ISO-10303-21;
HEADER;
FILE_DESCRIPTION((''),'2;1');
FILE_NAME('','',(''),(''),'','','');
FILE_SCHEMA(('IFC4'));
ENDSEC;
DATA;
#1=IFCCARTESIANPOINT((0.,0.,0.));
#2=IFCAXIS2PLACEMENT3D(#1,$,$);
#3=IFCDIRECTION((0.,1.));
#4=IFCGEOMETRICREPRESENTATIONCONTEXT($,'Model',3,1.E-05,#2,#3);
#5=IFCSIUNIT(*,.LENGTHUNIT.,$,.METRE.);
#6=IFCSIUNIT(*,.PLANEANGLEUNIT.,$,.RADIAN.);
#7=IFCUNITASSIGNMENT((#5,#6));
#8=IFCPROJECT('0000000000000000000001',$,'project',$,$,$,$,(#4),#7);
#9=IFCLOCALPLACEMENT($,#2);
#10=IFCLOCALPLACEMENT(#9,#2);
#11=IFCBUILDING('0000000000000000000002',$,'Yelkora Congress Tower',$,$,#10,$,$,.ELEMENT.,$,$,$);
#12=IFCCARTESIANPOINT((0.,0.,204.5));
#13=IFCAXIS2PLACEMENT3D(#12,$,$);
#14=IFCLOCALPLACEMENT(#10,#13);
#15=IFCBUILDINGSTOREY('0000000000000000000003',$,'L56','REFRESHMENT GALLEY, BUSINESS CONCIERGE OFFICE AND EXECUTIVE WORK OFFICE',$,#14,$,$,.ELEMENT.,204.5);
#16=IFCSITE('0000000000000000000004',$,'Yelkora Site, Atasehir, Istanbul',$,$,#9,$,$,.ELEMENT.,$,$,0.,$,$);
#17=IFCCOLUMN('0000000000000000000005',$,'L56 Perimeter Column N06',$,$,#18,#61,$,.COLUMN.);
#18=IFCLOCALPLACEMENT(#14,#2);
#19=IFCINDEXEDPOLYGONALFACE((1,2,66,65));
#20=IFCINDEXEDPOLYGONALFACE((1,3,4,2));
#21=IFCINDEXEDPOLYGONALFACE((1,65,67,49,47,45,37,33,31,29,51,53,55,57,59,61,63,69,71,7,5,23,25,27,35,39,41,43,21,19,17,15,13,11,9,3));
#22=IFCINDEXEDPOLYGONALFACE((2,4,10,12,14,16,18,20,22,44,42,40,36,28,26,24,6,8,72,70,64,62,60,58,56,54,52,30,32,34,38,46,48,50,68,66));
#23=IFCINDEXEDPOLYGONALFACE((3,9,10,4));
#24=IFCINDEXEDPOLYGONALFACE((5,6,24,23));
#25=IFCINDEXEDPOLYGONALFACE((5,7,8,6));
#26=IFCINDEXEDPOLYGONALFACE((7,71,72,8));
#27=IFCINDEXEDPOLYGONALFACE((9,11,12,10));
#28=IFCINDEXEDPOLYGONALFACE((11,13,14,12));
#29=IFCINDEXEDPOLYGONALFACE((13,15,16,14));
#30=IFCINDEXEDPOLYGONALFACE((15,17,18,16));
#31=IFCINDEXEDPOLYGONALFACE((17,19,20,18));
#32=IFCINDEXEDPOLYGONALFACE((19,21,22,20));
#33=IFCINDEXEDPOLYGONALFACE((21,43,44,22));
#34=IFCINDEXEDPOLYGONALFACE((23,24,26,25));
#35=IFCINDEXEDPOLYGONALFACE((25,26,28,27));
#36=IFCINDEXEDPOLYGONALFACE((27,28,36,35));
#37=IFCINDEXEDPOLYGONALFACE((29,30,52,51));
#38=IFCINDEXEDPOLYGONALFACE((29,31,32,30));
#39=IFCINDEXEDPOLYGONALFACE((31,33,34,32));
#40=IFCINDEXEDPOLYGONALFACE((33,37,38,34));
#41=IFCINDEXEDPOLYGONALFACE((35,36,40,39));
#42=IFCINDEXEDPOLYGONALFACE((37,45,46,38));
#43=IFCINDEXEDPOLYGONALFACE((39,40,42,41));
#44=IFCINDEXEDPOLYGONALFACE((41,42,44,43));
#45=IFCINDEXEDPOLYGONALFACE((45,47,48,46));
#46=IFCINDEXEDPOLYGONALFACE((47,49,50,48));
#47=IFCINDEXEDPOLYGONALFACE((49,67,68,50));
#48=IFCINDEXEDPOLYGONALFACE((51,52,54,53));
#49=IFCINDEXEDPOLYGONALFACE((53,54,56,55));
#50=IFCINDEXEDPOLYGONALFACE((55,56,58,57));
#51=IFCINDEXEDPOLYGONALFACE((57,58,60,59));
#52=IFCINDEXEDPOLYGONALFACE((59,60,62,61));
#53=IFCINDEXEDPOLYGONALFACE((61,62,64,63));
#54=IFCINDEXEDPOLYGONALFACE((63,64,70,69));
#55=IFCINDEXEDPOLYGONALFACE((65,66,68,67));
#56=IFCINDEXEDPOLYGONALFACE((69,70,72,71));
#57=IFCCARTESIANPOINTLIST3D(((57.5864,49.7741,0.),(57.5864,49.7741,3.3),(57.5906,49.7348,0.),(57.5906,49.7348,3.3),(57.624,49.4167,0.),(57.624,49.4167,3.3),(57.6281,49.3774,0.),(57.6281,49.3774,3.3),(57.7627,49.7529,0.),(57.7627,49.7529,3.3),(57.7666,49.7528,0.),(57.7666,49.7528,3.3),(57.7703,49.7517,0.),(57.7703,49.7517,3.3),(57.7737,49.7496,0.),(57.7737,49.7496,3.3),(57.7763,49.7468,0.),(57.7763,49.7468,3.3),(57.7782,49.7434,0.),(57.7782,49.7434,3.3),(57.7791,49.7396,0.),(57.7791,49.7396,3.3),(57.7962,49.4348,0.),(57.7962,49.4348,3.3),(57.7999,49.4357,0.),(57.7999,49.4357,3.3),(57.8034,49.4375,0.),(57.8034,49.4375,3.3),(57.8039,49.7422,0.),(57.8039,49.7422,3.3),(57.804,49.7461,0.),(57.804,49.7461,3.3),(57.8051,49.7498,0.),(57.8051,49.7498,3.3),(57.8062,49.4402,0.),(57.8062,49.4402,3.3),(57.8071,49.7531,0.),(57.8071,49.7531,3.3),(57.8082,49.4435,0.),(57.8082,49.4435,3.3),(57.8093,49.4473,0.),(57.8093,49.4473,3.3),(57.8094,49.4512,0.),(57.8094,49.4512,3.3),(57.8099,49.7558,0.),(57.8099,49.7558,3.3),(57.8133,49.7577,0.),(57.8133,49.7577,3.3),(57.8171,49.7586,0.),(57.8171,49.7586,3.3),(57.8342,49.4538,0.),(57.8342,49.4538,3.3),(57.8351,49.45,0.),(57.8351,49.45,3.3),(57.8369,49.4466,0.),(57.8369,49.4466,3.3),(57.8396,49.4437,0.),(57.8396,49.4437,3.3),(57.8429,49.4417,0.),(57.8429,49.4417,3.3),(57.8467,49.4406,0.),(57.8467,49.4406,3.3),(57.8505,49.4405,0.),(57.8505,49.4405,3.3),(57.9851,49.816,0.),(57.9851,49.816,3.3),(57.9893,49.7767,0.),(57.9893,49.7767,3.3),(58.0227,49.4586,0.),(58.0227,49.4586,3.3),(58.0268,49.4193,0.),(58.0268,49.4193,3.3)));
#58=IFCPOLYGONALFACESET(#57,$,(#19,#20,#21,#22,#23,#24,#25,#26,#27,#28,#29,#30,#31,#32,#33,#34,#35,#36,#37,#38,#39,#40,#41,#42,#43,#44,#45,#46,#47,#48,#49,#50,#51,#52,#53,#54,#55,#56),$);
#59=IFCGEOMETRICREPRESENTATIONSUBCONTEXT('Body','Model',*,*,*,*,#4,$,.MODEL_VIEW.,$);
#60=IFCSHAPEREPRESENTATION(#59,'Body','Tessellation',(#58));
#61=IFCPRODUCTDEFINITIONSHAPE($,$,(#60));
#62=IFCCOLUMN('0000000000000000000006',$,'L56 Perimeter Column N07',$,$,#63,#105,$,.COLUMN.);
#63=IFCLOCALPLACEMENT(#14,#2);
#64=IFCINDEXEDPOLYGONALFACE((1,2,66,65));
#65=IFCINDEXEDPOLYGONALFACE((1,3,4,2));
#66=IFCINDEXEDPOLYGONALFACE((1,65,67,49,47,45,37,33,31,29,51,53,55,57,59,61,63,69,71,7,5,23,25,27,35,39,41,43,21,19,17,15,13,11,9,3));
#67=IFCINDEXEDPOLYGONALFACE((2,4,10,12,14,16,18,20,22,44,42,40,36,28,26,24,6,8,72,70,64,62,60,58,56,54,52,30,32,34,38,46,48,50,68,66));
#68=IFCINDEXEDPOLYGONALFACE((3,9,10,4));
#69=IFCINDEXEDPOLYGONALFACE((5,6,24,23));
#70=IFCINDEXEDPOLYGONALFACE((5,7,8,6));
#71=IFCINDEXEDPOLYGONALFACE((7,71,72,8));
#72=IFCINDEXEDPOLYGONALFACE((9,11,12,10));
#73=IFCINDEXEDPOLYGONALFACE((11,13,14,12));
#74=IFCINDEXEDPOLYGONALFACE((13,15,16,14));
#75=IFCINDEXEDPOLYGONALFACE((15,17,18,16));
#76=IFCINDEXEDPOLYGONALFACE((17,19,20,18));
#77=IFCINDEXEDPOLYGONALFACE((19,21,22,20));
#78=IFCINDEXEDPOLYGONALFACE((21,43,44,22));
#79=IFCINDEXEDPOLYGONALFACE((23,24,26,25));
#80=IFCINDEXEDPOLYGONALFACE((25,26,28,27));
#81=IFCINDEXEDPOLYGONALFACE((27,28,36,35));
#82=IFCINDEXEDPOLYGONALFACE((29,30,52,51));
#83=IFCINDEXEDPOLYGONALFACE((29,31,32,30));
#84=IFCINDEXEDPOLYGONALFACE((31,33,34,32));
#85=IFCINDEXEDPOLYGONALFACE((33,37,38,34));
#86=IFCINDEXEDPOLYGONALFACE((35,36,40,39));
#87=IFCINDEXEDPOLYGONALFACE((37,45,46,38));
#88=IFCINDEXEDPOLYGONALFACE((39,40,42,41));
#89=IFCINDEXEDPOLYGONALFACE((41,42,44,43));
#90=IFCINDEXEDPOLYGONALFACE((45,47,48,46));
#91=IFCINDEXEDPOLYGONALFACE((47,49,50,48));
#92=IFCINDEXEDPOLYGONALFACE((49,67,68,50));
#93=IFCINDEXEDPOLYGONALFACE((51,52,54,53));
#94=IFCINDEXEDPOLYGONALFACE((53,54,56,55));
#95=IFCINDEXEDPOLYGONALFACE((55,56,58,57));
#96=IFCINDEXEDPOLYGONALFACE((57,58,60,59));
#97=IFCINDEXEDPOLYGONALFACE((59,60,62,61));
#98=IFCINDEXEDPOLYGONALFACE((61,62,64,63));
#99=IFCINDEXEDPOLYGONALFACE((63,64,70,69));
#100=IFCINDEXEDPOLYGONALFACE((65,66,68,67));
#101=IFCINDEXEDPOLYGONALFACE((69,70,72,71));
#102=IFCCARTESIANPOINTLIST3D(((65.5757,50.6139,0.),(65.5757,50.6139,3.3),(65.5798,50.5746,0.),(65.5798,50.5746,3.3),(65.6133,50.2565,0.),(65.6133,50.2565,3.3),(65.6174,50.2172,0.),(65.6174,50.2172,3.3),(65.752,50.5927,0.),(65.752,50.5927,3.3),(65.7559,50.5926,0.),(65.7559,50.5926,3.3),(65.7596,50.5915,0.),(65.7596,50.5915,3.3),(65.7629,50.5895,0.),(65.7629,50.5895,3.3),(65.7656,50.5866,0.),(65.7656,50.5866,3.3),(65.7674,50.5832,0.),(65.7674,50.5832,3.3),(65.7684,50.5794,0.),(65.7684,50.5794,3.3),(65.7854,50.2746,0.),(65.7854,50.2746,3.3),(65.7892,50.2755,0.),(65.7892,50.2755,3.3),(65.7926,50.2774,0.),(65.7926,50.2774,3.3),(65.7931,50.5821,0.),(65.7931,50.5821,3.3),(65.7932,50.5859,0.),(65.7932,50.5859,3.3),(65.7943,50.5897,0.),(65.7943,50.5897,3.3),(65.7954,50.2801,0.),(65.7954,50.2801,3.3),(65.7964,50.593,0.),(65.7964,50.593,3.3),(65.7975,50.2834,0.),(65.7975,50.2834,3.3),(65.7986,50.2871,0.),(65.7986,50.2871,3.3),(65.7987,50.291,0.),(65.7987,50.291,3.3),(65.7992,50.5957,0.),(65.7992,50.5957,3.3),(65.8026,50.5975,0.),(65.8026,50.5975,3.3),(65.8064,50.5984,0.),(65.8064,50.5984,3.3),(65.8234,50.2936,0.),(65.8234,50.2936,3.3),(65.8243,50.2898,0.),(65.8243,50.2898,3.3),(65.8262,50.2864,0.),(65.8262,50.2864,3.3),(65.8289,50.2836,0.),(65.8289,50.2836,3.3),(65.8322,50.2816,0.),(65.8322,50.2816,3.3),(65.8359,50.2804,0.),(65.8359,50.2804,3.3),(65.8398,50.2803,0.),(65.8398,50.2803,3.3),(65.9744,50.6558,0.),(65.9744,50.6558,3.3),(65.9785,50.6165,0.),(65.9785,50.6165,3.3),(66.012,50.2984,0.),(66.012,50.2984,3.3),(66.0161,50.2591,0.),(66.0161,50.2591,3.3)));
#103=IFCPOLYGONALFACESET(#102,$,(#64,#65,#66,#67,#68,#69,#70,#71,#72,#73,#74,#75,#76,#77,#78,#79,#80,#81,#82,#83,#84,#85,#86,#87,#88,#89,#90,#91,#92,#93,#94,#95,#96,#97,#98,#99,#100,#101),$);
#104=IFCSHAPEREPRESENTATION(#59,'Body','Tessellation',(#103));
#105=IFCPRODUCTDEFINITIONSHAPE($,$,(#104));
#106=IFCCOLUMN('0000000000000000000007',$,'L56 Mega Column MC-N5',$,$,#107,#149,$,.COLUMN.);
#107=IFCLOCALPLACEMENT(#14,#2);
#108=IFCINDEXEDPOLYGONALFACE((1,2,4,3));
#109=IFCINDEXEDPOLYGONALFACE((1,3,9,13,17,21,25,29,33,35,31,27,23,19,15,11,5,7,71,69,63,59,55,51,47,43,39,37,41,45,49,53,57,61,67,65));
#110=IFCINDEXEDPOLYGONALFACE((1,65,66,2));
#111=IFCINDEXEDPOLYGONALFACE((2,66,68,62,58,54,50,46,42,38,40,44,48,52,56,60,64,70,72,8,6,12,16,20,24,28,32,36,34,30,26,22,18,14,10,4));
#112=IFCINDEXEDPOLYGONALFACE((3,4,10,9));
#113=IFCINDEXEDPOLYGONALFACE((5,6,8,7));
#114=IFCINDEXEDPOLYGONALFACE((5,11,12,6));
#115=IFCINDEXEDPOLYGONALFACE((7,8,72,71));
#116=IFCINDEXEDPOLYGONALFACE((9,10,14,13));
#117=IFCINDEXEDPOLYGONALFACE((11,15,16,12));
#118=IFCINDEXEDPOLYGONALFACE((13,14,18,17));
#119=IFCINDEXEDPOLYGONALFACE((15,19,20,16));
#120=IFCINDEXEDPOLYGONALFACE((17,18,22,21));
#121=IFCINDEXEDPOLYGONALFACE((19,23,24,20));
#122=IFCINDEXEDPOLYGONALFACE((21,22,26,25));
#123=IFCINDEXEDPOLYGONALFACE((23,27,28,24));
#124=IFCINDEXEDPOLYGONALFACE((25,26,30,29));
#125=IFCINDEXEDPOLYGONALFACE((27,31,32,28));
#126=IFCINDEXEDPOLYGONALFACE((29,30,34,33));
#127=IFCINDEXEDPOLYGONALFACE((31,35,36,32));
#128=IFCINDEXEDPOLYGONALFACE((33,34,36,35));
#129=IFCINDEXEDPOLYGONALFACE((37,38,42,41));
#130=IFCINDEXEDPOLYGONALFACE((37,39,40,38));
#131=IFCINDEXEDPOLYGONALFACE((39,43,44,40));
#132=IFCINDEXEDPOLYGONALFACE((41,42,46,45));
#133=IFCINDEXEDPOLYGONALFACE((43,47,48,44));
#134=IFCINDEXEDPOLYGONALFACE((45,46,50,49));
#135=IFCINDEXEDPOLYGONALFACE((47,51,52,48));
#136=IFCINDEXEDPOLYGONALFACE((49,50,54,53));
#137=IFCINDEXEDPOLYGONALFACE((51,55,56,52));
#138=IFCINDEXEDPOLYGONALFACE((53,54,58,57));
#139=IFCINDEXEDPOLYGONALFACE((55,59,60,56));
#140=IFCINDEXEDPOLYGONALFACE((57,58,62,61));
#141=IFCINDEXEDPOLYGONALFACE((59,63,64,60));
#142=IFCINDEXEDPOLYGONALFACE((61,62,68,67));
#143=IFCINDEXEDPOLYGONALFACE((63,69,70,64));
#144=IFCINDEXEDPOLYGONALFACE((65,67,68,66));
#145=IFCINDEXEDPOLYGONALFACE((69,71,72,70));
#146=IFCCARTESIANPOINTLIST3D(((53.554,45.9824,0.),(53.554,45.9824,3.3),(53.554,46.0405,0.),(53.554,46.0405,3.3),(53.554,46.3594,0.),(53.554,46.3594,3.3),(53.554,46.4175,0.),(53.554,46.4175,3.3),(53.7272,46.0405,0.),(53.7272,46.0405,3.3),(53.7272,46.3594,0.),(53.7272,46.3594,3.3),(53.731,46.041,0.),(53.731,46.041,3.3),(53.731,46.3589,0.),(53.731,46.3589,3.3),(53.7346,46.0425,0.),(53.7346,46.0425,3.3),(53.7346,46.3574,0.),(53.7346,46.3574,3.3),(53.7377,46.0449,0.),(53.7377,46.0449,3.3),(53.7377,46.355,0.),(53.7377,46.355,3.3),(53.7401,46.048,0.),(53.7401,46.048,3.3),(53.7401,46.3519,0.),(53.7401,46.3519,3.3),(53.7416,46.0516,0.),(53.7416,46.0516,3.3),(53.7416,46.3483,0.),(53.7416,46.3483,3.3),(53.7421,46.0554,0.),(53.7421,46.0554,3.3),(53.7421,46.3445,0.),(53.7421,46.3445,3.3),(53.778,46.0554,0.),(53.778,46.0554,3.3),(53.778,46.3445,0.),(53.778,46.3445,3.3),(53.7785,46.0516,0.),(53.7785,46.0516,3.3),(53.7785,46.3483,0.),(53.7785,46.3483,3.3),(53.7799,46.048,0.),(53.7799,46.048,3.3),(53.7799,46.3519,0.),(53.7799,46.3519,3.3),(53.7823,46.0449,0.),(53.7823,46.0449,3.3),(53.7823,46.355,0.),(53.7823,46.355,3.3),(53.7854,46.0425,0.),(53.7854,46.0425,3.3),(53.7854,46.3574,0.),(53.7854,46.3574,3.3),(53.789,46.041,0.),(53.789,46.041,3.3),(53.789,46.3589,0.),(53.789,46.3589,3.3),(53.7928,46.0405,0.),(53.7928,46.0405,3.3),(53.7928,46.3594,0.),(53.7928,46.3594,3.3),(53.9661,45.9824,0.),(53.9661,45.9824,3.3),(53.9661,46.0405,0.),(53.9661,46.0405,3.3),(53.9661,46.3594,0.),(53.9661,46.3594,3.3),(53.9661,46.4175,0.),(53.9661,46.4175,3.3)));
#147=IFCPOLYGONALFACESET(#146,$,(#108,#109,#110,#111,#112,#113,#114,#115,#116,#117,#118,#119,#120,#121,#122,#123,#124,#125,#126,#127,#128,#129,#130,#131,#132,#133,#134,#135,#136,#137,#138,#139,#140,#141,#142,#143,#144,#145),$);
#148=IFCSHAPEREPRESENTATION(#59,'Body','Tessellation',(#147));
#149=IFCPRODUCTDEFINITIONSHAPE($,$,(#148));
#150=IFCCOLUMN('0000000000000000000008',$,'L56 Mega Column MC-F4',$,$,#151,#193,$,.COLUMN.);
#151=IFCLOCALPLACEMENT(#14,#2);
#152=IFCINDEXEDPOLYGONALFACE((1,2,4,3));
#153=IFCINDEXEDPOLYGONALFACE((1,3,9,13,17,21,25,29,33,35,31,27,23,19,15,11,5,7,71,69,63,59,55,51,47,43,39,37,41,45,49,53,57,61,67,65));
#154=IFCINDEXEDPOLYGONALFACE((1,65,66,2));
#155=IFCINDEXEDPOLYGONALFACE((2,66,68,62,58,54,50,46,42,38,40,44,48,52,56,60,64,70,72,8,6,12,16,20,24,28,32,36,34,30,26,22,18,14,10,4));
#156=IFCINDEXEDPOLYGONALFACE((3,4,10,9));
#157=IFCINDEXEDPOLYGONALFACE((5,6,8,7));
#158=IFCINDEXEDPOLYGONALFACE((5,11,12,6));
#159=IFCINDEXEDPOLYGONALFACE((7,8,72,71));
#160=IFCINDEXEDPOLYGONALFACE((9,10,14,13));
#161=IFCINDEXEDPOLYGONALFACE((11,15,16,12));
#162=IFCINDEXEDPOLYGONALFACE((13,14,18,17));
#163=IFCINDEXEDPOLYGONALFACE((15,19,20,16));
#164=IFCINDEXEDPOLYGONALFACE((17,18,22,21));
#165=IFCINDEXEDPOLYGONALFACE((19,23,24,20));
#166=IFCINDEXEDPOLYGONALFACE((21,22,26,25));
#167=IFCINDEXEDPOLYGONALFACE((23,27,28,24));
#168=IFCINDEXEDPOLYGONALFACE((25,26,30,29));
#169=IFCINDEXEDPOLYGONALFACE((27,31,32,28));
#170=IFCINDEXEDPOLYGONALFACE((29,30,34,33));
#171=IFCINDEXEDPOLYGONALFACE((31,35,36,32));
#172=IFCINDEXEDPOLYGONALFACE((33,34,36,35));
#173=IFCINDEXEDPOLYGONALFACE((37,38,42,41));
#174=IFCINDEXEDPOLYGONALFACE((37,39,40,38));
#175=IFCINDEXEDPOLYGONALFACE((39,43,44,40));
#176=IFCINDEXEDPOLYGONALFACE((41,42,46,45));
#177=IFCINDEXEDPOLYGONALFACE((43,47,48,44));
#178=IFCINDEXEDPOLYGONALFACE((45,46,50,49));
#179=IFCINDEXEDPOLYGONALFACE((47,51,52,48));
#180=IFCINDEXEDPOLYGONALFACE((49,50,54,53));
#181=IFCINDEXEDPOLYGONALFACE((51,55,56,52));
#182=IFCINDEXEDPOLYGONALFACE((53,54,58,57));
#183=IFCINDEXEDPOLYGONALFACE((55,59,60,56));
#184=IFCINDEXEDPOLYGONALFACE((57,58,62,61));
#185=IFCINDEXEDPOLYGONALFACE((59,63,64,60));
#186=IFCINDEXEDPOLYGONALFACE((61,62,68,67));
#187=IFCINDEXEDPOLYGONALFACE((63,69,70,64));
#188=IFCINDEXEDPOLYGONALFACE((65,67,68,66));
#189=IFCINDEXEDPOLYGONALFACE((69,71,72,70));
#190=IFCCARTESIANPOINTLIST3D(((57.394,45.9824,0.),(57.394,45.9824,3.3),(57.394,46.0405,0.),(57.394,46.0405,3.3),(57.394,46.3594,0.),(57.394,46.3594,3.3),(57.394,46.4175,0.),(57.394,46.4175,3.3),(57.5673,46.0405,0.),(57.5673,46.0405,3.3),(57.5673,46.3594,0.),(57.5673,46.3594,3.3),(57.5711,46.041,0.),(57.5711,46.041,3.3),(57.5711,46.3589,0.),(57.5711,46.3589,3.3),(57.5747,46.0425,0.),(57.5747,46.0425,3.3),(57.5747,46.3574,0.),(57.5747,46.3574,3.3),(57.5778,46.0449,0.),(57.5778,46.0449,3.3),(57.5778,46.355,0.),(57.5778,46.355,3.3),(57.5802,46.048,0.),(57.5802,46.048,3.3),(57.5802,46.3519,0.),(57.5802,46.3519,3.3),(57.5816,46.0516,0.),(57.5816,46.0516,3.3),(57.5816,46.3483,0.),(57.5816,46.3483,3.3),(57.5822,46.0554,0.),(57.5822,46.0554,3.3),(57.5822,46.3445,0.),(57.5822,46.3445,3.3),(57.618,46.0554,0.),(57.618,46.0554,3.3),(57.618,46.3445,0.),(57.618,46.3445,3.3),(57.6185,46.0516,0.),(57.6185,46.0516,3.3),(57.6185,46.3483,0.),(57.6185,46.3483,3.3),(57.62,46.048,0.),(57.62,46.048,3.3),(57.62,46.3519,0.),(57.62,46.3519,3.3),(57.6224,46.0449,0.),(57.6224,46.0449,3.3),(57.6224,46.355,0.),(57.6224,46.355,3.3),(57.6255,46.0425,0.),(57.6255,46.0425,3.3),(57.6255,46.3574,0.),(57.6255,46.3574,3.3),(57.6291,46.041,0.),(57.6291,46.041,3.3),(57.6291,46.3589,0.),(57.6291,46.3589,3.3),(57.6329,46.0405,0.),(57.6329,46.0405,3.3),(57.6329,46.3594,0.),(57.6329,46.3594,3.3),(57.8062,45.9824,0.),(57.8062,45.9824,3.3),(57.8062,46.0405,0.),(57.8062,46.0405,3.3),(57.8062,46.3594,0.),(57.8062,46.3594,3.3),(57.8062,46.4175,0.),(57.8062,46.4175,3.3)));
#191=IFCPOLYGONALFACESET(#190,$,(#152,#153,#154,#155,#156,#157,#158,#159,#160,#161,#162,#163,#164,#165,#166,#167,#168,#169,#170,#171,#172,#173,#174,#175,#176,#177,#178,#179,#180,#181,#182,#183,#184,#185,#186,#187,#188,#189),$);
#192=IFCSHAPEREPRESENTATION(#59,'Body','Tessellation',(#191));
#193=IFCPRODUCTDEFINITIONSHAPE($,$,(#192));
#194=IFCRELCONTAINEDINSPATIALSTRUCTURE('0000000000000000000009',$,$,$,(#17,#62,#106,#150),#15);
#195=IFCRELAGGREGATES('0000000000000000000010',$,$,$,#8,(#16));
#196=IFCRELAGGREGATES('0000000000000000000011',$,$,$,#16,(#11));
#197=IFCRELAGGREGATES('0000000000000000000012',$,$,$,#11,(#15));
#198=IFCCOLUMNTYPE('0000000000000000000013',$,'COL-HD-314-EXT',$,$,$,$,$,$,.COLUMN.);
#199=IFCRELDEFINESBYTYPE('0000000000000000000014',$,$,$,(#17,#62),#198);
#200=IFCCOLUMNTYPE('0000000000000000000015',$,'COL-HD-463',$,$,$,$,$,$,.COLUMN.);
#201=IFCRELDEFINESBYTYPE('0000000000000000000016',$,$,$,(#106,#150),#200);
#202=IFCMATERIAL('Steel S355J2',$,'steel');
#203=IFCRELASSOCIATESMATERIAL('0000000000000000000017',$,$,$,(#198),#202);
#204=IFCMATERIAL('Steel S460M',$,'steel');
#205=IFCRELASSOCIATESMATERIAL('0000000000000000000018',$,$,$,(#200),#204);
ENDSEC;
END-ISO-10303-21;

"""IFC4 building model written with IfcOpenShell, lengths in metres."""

from ifc_helpers import new_model, si_unit, direction, frame, origin, origin_2d, place, context, subcontext, project, spatial, i_section, extrude, material, material_profile, profile_set, type_object, element, save


model = new_model("IFC4")

# Units and contexts
model_context = context("Model", 3, precision=1e-05, world=origin(), true_north=direction((0.0, 1.0)))
body_context = subcontext(model_context, "Body", "Model", "MODEL_VIEW")
ifc_project = project(units=[si_unit("LENGTHUNIT", "METRE"), si_unit("PLANEANGLEUNIT", "RADIAN")], contexts=[model_context])

# Site, building, storey
site_placement = place(None, origin())
site = spatial("IfcSite", under=ifc_project, at=site_placement, Name="Yelkora Site, Atasehir, Istanbul", CompositionType="ELEMENT", RefElevation=0.0)
building_placement = place(site_placement, origin())
building = spatial("IfcBuilding", under=site, at=building_placement, Name="Yelkora Congress Tower", CompositionType="ELEMENT")
storey_placement = place(building_placement, frame((0.0, 0.0, 204.5)))
storey = spatial("IfcBuildingStorey", under=building, at=storey_placement, Name="L56", Description="REFRESHMENT GALLEY, BUSINESS CONCIERGE OFFICE AND EXECUTIVE WORK OFFICE", CompositionType="ELEMENT", Elevation=204.5)

# Columns
ifc_material_1 = material(Name="Steel S355J2", Category="steel")
ifc_material_profile_1 = material_profile(ifc_material_1, i_section(OverallWidth=0.4009, OverallDepth=0.3989, WebThickness=0.0249, FlangeThickness=0.0396, FilletRadius=0.0149, at=origin_2d()), Name="HD 400x314")
ifc_profile_set_1 = profile_set([ifc_material_profile_1], Name="Steel S355J2")
column_type_1 = type_object("IfcColumnType", Name="COL-HD-314-EXT", PredefinedType="COLUMN", material=ifc_profile_set_1)
for number, where, z_axis, x_axis, name in (
    (1, (57.8066, 49.5967, 0.0), (0.0, 0.0, 1.0), (0.994522, 0.104528, 0.0), "L56 Perimeter Column N06"),
    (2, (65.7959, 50.4365, 0.0), (0.0, 0.0, 1.0), (0.994522, 0.104528, 0.0), "L56 Perimeter Column N07"),
):
    element("IfcColumn", number, at=place(storey_placement, frame(where, z_axis=z_axis, x_axis=x_axis)), inside=storey, type_object=column_type_1, Name=name, PredefinedType="COLUMN", context=body_context, shape_type="SweptSolid", body=[
        extrude(i_section(OverallWidth=0.4009, OverallDepth=0.3989, WebThickness=0.0249, FlangeThickness=0.0396, FilletRadius=0.0149, at=origin_2d()), origin(), (0.0, 0.0, 1.0), 3.3),
    ])
ifc_material_2 = material(Name="Steel S460M", Category="steel")
ifc_material_profile_2 = material_profile(ifc_material_2, i_section(OverallWidth=0.4121, OverallDepth=0.4351, WebThickness=0.0359, FlangeThickness=0.0581, FilletRadius=0.0149, at=origin_2d()), Name="HD 400x463")
ifc_profile_set_2 = profile_set([ifc_material_profile_2], Name="Steel S460M")
column_type_2 = type_object("IfcColumnType", Name="COL-HD-463", PredefinedType="COLUMN", material=ifc_profile_set_2)
for number, where, z_axis, x_axis, name in (
    (3, (53.76, 46.2, 0.0), (0.0, 0.0, 1.0), (1.0, 0.0, 0.0), "L56 Mega Column MC-N5"),
    (4, (57.6001, 46.2, 0.0), (0.0, 0.0, 1.0), (1.0, 0.0, 0.0), "L56 Mega Column MC-F4"),
):
    element("IfcColumn", number, at=place(storey_placement, frame(where, z_axis=z_axis, x_axis=x_axis)), inside=storey, type_object=column_type_2, Name=name, PredefinedType="COLUMN", context=body_context, shape_type="SweptSolid", body=[
        extrude(i_section(OverallWidth=0.4121, OverallDepth=0.4351, WebThickness=0.0359, FlangeThickness=0.0581, FilletRadius=0.0149, at=origin_2d()), origin(), (0.0, 0.0, 1.0), 3.3),
    ])

save(model, "model.ifc")
